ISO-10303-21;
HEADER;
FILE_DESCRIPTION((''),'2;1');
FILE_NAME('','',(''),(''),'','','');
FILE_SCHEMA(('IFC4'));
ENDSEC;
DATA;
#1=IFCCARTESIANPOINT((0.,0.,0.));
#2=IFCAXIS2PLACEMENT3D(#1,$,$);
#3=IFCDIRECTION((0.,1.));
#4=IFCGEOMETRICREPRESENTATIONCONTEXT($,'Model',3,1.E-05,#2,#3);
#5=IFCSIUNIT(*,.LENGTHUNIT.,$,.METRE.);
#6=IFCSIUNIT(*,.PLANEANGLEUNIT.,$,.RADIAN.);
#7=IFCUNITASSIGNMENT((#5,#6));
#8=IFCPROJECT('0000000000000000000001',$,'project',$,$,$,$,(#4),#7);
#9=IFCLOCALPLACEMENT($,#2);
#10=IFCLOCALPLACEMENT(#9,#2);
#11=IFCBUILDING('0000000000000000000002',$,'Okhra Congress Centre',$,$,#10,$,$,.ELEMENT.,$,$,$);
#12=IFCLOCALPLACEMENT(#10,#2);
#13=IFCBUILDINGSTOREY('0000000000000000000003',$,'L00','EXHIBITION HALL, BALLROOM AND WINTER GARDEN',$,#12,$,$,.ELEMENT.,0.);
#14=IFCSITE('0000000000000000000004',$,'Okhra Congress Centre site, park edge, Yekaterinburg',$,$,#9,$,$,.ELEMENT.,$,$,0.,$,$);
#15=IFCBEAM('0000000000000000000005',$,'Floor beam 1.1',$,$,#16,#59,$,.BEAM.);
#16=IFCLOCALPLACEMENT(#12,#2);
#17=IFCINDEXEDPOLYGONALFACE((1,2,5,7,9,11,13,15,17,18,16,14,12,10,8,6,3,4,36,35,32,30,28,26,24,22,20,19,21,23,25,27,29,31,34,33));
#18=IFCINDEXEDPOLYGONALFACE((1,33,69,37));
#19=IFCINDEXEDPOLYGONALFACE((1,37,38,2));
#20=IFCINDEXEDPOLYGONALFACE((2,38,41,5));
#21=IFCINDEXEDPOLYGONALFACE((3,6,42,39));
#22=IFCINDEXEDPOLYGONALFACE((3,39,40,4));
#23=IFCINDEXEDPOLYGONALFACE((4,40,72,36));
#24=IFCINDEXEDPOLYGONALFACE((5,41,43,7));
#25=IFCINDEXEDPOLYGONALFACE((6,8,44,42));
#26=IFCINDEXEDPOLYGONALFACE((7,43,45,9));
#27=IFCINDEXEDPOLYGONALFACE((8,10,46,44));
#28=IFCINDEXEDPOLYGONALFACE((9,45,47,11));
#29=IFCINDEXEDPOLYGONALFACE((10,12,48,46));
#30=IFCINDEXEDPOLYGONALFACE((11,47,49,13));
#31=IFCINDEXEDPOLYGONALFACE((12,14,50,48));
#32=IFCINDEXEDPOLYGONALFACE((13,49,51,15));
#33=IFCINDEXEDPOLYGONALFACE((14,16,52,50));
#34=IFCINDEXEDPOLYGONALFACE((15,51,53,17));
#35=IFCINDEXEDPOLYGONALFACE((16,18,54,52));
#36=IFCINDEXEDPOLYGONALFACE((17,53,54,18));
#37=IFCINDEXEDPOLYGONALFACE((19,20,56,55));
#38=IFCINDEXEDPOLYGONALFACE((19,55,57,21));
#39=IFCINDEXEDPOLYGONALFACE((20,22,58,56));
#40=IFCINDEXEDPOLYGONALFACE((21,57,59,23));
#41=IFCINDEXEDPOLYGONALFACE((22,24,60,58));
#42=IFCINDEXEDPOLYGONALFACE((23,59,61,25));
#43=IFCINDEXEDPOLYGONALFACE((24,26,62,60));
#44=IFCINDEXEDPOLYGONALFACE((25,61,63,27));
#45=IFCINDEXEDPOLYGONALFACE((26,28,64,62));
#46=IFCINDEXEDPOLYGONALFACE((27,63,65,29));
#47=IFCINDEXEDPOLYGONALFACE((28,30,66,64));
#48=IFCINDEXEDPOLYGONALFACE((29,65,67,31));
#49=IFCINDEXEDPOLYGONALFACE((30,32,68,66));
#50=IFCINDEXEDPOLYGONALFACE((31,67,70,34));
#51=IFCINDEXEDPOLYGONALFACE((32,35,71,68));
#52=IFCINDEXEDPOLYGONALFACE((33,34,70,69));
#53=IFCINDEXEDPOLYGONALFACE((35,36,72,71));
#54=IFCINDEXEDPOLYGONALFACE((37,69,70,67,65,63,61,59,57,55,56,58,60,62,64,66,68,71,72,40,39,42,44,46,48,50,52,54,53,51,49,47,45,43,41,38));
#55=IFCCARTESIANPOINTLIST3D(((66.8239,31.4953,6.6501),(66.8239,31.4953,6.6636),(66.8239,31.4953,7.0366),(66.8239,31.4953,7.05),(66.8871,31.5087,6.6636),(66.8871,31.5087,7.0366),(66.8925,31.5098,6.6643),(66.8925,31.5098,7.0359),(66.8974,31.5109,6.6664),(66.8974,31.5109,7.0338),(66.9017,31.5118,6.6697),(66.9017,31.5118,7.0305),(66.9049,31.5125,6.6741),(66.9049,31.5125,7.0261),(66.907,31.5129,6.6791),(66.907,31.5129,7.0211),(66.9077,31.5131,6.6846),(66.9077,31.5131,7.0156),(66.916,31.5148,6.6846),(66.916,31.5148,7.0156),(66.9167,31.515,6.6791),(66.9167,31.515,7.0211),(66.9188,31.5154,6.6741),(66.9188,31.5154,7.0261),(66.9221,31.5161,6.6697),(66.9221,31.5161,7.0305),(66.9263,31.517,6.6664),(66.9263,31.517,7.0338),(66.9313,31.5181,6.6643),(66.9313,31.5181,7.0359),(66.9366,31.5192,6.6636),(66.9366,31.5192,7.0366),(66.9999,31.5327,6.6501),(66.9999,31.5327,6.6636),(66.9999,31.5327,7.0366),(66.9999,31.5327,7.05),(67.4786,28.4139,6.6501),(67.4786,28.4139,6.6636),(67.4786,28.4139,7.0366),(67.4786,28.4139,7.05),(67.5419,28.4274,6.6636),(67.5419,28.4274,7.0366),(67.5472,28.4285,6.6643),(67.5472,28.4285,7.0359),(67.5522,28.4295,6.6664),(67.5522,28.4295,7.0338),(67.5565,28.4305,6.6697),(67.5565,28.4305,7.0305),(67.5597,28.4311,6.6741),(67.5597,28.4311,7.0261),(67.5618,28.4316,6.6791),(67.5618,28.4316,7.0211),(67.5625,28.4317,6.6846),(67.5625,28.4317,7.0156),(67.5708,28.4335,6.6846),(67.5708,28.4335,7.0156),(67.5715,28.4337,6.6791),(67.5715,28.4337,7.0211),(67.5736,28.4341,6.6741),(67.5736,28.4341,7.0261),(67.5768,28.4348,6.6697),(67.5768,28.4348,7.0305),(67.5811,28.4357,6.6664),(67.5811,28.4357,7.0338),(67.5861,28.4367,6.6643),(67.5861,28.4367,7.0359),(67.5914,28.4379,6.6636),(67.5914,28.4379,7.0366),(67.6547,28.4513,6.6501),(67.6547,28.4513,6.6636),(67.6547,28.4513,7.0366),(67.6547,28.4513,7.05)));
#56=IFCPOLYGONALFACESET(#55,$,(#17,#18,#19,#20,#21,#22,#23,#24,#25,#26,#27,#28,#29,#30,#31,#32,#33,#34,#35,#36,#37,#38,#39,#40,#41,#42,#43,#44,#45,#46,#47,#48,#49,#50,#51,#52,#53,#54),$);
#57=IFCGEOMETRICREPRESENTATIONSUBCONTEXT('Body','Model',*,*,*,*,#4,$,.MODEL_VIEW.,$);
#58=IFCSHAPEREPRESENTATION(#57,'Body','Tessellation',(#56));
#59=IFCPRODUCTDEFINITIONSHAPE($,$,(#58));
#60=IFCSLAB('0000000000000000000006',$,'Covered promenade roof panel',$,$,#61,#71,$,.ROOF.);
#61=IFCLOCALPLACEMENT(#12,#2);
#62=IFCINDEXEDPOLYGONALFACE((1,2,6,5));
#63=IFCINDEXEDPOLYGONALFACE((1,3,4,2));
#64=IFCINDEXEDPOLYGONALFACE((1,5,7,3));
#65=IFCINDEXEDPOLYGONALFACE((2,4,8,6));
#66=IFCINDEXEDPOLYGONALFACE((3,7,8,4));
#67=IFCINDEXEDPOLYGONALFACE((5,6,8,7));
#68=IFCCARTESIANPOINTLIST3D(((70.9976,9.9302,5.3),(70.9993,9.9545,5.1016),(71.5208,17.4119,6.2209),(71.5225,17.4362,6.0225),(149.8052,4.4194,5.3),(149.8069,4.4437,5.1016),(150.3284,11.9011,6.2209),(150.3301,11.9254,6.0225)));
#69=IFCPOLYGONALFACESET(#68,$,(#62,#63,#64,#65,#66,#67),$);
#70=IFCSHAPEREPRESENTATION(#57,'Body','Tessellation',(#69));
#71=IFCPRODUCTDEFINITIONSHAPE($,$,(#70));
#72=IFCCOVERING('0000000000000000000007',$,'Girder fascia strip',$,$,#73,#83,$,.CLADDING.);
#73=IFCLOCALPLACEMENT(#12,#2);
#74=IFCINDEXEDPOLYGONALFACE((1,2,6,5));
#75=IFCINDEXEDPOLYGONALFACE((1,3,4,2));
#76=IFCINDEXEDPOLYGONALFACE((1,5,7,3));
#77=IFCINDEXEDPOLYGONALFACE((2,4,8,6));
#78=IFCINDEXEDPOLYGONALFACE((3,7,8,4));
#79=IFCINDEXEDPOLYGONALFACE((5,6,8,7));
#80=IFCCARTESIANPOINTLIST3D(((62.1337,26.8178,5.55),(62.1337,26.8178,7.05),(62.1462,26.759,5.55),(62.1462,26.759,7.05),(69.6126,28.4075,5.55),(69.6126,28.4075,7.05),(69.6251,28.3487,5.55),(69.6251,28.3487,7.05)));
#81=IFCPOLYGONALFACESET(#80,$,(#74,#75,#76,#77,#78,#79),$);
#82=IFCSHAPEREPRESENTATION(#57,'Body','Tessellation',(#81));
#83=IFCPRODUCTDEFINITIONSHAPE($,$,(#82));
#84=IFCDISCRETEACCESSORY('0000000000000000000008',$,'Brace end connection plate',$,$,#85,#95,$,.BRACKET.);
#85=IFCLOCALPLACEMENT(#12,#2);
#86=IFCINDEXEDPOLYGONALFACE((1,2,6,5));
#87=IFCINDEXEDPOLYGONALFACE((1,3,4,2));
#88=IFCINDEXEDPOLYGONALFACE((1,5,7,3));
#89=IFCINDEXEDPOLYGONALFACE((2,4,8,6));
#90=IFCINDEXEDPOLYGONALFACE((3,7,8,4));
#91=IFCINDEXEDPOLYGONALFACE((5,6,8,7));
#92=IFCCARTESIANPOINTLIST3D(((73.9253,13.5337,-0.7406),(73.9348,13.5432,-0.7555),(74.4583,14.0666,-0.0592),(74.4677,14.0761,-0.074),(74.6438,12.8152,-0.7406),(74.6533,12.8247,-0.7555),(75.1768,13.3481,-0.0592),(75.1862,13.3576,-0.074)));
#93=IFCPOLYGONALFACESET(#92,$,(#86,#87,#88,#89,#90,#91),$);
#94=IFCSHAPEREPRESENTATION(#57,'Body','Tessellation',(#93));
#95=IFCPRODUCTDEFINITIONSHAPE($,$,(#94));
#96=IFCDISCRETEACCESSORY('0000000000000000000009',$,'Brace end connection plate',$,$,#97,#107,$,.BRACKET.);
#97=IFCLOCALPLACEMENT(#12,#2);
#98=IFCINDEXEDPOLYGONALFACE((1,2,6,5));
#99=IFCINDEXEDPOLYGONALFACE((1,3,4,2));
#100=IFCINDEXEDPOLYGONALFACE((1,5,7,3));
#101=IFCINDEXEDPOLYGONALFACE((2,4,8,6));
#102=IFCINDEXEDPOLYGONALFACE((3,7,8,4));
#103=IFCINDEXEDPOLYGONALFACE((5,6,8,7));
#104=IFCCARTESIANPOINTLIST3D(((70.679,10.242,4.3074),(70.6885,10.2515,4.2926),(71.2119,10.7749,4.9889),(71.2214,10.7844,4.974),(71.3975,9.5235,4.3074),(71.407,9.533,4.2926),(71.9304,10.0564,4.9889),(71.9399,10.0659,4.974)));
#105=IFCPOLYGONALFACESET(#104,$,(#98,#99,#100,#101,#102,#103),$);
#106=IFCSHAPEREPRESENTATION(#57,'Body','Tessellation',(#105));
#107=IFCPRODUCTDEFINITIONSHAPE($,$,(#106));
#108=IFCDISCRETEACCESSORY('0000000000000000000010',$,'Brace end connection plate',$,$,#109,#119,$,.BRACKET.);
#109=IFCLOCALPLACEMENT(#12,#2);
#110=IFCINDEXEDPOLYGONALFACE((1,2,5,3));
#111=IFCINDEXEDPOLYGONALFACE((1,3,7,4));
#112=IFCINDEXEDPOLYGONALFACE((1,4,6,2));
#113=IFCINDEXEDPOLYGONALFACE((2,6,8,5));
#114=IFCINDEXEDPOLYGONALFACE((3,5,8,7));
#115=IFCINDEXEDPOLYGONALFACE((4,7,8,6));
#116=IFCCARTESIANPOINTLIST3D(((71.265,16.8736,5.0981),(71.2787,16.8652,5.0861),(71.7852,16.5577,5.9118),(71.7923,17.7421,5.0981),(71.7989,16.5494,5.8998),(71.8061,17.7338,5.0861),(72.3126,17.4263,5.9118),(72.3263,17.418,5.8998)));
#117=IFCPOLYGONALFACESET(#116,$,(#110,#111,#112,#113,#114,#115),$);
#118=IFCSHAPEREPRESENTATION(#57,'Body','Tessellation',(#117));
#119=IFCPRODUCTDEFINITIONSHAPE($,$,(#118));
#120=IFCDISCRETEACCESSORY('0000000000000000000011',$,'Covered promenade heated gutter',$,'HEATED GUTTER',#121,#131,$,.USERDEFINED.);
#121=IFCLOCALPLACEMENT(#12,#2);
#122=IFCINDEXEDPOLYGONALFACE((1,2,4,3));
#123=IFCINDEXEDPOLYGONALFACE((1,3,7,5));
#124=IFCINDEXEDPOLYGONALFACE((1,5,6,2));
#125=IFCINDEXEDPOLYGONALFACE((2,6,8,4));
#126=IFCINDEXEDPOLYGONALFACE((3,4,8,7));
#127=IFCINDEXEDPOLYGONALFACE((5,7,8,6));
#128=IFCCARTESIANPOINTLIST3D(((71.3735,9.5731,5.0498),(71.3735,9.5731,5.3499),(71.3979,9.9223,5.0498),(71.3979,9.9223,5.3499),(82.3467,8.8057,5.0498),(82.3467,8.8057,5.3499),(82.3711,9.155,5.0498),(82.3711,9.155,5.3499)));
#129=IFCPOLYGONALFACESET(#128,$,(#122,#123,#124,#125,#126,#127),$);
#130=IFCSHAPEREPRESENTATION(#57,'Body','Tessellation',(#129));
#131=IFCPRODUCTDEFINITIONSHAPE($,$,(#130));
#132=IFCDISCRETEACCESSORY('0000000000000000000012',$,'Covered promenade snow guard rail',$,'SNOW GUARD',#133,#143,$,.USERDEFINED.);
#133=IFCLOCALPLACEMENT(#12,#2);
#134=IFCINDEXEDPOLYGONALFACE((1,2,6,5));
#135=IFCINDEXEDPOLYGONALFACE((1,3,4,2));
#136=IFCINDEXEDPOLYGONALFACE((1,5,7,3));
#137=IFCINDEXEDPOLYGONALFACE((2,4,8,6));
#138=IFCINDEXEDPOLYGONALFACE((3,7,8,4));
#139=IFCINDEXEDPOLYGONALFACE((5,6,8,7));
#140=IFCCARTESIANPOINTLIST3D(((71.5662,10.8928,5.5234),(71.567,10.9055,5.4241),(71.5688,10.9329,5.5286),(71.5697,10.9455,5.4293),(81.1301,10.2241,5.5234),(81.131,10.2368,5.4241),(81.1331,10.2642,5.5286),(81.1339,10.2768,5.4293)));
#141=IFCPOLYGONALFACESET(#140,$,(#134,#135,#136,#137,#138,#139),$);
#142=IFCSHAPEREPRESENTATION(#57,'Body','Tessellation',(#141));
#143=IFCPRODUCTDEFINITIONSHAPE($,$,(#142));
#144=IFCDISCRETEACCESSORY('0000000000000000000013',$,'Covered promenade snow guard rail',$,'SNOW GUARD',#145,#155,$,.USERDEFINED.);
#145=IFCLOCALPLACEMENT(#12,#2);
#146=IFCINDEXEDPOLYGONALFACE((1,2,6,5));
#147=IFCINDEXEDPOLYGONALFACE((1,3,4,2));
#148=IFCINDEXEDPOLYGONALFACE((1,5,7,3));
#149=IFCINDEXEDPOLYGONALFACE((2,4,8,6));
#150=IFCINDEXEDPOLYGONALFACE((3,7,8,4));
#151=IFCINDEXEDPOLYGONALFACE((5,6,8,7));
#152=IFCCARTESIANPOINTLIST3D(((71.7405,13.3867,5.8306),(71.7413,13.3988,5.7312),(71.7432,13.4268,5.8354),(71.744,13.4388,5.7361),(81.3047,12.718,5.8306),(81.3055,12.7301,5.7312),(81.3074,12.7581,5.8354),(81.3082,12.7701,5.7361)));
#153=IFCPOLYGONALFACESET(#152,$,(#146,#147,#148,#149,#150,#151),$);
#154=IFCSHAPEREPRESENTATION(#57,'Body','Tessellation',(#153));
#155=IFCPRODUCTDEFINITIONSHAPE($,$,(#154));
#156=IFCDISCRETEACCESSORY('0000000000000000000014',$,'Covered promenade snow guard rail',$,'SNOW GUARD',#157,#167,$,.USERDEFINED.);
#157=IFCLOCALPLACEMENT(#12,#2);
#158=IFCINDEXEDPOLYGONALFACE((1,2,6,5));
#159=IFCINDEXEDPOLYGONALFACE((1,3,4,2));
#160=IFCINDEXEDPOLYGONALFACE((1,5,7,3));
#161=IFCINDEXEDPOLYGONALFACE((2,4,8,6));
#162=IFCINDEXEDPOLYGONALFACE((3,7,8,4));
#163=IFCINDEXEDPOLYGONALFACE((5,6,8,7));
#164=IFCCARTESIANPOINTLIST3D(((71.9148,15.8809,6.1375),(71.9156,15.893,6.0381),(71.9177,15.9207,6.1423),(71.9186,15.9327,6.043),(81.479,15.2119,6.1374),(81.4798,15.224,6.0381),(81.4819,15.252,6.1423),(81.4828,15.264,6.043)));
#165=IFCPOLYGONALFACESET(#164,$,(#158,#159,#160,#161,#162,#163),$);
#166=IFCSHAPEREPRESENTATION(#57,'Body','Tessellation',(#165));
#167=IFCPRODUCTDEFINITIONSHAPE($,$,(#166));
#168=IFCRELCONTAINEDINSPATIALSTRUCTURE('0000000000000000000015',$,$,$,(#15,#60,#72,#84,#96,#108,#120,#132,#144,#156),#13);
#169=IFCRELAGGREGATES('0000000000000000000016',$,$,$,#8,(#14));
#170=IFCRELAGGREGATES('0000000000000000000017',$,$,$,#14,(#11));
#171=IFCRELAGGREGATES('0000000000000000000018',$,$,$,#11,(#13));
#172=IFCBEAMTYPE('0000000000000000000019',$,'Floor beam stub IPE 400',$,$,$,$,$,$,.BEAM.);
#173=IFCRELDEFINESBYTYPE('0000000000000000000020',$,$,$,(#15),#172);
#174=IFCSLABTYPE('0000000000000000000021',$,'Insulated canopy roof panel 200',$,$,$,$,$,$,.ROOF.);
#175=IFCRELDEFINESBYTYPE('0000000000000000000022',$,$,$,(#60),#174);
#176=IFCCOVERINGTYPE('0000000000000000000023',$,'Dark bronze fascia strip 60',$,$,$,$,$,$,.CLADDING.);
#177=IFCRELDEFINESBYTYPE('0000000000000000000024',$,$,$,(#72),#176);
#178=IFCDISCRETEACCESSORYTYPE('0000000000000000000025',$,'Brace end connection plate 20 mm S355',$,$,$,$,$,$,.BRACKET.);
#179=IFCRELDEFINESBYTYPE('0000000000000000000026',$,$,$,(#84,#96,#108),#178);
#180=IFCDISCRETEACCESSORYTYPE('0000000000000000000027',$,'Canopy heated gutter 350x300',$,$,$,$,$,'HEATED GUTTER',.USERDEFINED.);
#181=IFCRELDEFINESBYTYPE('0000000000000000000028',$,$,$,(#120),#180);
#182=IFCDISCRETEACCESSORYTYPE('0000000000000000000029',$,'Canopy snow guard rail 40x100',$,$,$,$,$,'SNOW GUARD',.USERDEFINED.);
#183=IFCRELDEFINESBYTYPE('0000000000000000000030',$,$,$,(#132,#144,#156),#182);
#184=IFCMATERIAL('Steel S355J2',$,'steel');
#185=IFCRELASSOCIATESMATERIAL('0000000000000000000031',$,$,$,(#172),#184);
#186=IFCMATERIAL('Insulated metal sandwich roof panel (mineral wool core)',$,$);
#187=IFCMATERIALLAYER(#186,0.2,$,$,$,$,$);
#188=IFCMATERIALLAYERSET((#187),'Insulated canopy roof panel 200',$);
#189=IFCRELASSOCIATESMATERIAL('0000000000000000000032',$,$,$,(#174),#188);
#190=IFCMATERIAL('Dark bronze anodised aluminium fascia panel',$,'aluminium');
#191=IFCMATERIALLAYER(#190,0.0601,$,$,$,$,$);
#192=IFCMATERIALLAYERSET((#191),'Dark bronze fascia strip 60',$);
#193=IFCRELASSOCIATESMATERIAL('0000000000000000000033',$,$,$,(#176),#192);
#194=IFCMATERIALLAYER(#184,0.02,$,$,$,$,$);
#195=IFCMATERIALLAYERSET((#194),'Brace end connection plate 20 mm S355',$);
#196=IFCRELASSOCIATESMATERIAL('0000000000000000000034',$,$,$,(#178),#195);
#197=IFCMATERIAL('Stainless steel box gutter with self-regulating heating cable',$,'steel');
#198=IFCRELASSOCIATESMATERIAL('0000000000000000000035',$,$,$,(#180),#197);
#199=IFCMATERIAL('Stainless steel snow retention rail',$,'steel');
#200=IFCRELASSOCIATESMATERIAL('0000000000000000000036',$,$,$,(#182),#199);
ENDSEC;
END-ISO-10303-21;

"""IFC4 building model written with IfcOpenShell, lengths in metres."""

from ifc_helpers import new_model, si_unit, direction, frame, origin, origin_2d, place, context, subcontext, project, spatial, polyline, rectangle, i_section, outline, extrude, material, layer, layer_set, material_profile, profile_set, type_object, element, save


model = new_model("IFC4")

# Units and contexts
model_context = context("Model", 3, precision=1e-05, world=origin(), true_north=direction((0.0, 1.0)))
body_context = subcontext(model_context, "Body", "Model", "MODEL_VIEW")
ifc_project = project(units=[si_unit("LENGTHUNIT", "METRE"), si_unit("PLANEANGLEUNIT", "RADIAN")], contexts=[model_context])

# Site, building, storey
site_placement = place(None, origin())
site = spatial("IfcSite", under=ifc_project, at=site_placement, Name="Okhra Congress Centre site, park edge, Yekaterinburg", CompositionType="ELEMENT", RefElevation=0.0)
building_placement = place(site_placement, origin())
building = spatial("IfcBuilding", under=site, at=building_placement, Name="Okhra Congress Centre", CompositionType="ELEMENT")
storey_placement = place(building_placement, origin())
storey = spatial("IfcBuildingStorey", under=building, at=storey_placement, Name="L00", Description="EXHIBITION HALL, BALLROOM AND WINTER GARDEN", CompositionType="ELEMENT", Elevation=0.0)

# Beam
ifc_material_1 = material(Name="Steel S355J2", Category="steel")
ifc_material_profile_1 = material_profile(ifc_material_1, i_section(OverallWidth=0.1799, OverallDepth=0.3999, WebThickness=0.0085, FlangeThickness=0.0134, FilletRadius=0.021, at=origin_2d()), Name="IPE 400")
ifc_profile_set_1 = profile_set([ifc_material_profile_1], Name="Steel S355J2")
beam_type_1 = type_object("IfcBeamType", Name="Floor beam stub IPE 400", PredefinedType="BEAM", material=ifc_profile_set_1)
beam_1_placement = place(storey_placement, frame((67.5667, 28.4326, 6.8501), z_axis=(-0.207862, 0.978158, 0.0), x_axis=(-0.978158, -0.207862, 0.0)))
element("IfcBeam", 1, at=beam_1_placement, inside=storey, type_object=beam_type_1, Name="Floor beam 1.1", PredefinedType="BEAM", context=body_context, shape_type="SweptSolid", body=[
    extrude(i_section(OverallWidth=0.1799, OverallDepth=0.3999, WebThickness=0.0085, FlangeThickness=0.0134, FilletRadius=0.021, at=origin_2d()), origin(), (0.0, 0.0, 1.0), 3.1501),
])

# Slab
ifc_material_2 = material(Name="Insulated metal sandwich roof panel (mineral wool core)")
ifc_layer_1 = layer(ifc_material_2, 0.2)
ifc_layer_set_1 = layer_set([ifc_layer_1], Name="Insulated canopy roof panel 200")
slab_type = type_object("IfcSlabType", Name="Insulated canopy roof panel 200", PredefinedType="ROOF", material=ifc_layer_set_1)
slab_placement = place(storey_placement, frame((70.9976, 9.9302, 5.3), z_axis=(-0.008501, -0.121575, 0.992546), x_axis=(0.997564, -0.069756, 0.0)))
element("IfcSlab", 2, at=slab_placement, inside=storey, type_object=slab_type, Name="Covered promenade roof panel", PredefinedType="ROOF", context=body_context, shape_type="SweptSolid", body=[
    extrude(outline(polyline([(0.0, 0.0), (79.0001, 0.0), (79.0001, 7.5563), (0.0, 7.5563), (0.0, 0.0)])), origin(), (0.0, 0.0, -1.0), 0.2),
])

# Covering
ifc_material_3 = material(Name="Dark bronze anodised aluminium fascia panel", Category="aluminium")
ifc_layer_2 = layer(ifc_material_3, 0.0601)
ifc_layer_set_2 = layer_set([ifc_layer_2], Name="Dark bronze fascia strip 60")
covering_type = type_object("IfcCoveringType", Name="Dark bronze fascia strip 60", PredefinedType="CLADDING", material=ifc_layer_set_2)
covering_placement = place(storey_placement, frame((65.8794, 27.5833, 5.55), z_axis=(0.0, 0.0, 1.0), x_axis=(0.978148, 0.207912, 0.0)))
element("IfcCovering", 3, at=covering_placement, inside=storey, type_object=covering_type, Name="Girder fascia strip", PredefinedType="CLADDING", context=body_context, shape_type="SweptSolid", body=[
    extrude(rectangle(XDim=7.646, YDim=0.0601, at=origin_2d()), origin(), (0.0, 0.0, 1.0), 1.5),
])

# Discrete accessories
ifc_layer_3 = layer(ifc_material_1, 0.02)
ifc_layer_set_3 = layer_set([ifc_layer_3], Name="Brace end connection plate 20 mm S355")
discrete_accessory_type_1 = type_object("IfcDiscreteAccessoryType", Name="Brace end connection plate 20 mm S355", PredefinedType="BRACKET", material=ifc_layer_set_3)
for number, where, z_axis, x_axis, name in (
    (4, (74.551, 13.4409, -0.3999), (0.474236, 0.474236, -0.741754), (-0.707107, 0.707107, 0.0), "Brace end connection plate"),
    (5, (71.3142, 10.1587, 4.6333), (-0.474236, -0.474236, 0.741754), (0.707107, -0.707107, 0.0), "Brace end connection plate"),
    (6, (71.8025, 17.1416, 5.4929), (-0.684507, 0.415593, 0.598943), (-0.518978, -0.854788, 0.0), "Brace end connection plate"),
):
    element("IfcDiscreteAccessory", number, at=place(storey_placement, frame(where, z_axis=z_axis, x_axis=x_axis)), inside=storey, type_object=discrete_accessory_type_1, Name=name, PredefinedType="BRACKET", context=body_context, shape_type="SweptSolid", body=[
        extrude(rectangle(XDim=1.0161, YDim=1.0161, at=origin_2d()), origin(), (0.0, 0.0, 1.0), 0.02),
    ])
ifc_material_4 = material(Name="Stainless steel box gutter with self-regulating heating cable", Category="steel")
discrete_accessory_type_2 = type_object("IfcDiscreteAccessoryType", Name="Canopy heated gutter 350x300", ElementType="HEATED GUTTER", PredefinedType="USERDEFINED", material=ifc_material_4)
discrete_accessory_1_placement = place(storey_placement, frame((76.8723, 9.364, 5.0498), z_axis=(0.0, 0.0, 1.0), x_axis=(0.997564, -0.069756, 0.0)))
element("IfcDiscreteAccessory", 7, at=discrete_accessory_1_placement, inside=storey, type_object=discrete_accessory_type_2, Name="Covered promenade heated gutter", ObjectType="HEATED GUTTER", PredefinedType="USERDEFINED", context=body_context, shape_type="SweptSolid", body=[
    extrude(rectangle(XDim=11.0, YDim=0.3501, at=origin_2d()), origin(), (0.0, 0.0, 1.0), 0.3),
])
ifc_material_5 = material(Name="Stainless steel snow retention rail", Category="steel")
discrete_accessory_type_3 = type_object("IfcDiscreteAccessoryType", Name="Canopy snow guard rail 40x100", ElementType="SNOW GUARD", PredefinedType="USERDEFINED", material=ifc_material_5)
discrete_accessory_2_placement = place(storey_placement, frame((71.5662, 10.8928, 5.5234), z_axis=(-0.008837, -0.126397, 0.99194), x_axis=(0.997565, -0.069749, 0.0)))
element("IfcDiscreteAccessory", 8, at=discrete_accessory_2_placement, inside=storey, type_object=discrete_accessory_type_3, Name="Covered promenade snow guard rail", ObjectType="SNOW GUARD", PredefinedType="USERDEFINED", context=body_context, shape_type="SweptSolid", body=[
    extrude(outline(polyline([(0.0, 0.0), (9.5873, 0.0), (9.5874, 0.0405), (-0.0001, 0.0405), (0.0, 0.0)])), origin(), (0.0, 0.0, -1.0), 0.1001),
])
discrete_accessory_3_placement = place(storey_placement, frame((71.7405, 13.3867, 5.8306), z_axis=(-0.008425, -0.120493, 0.992678), x_axis=(0.997565, -0.069747, 0.0)))
element("IfcDiscreteAccessory", 9, at=discrete_accessory_3_placement, inside=storey, type_object=discrete_accessory_type_3, Name="Covered promenade snow guard rail", ObjectType="SNOW GUARD", PredefinedType="USERDEFINED", context=body_context, shape_type="SweptSolid", body=[
    extrude(outline(polyline([(0.0, 0.0), (9.5876, 0.0), (9.5874, 0.0404), (-0.0001, 0.0404), (0.0, 0.0)])), origin(), (0.0, 0.0, -1.0), 0.1001),
])
discrete_accessory_4_placement = place(storey_placement, frame((71.9148, 15.8809, 6.1375), z_axis=(-0.008448, -0.120804, 0.99264), x_axis=(0.997563, -0.069772, -0.000002)))
element("IfcDiscreteAccessory", 10, at=discrete_accessory_4_placement, inside=storey, type_object=discrete_accessory_type_3, Name="Covered promenade snow guard rail", ObjectType="SNOW GUARD", PredefinedType="USERDEFINED", context=body_context, shape_type="SweptSolid", body=[
    extrude(outline(polyline([(0.0, 0.0), (9.5876, 0.0), (9.5877, 0.0404), (0.0001, 0.0402), (0.0, 0.0)])), origin(), (0.0, 0.0, -1.0), 0.1001),
])

save(model, "model.ifc")
